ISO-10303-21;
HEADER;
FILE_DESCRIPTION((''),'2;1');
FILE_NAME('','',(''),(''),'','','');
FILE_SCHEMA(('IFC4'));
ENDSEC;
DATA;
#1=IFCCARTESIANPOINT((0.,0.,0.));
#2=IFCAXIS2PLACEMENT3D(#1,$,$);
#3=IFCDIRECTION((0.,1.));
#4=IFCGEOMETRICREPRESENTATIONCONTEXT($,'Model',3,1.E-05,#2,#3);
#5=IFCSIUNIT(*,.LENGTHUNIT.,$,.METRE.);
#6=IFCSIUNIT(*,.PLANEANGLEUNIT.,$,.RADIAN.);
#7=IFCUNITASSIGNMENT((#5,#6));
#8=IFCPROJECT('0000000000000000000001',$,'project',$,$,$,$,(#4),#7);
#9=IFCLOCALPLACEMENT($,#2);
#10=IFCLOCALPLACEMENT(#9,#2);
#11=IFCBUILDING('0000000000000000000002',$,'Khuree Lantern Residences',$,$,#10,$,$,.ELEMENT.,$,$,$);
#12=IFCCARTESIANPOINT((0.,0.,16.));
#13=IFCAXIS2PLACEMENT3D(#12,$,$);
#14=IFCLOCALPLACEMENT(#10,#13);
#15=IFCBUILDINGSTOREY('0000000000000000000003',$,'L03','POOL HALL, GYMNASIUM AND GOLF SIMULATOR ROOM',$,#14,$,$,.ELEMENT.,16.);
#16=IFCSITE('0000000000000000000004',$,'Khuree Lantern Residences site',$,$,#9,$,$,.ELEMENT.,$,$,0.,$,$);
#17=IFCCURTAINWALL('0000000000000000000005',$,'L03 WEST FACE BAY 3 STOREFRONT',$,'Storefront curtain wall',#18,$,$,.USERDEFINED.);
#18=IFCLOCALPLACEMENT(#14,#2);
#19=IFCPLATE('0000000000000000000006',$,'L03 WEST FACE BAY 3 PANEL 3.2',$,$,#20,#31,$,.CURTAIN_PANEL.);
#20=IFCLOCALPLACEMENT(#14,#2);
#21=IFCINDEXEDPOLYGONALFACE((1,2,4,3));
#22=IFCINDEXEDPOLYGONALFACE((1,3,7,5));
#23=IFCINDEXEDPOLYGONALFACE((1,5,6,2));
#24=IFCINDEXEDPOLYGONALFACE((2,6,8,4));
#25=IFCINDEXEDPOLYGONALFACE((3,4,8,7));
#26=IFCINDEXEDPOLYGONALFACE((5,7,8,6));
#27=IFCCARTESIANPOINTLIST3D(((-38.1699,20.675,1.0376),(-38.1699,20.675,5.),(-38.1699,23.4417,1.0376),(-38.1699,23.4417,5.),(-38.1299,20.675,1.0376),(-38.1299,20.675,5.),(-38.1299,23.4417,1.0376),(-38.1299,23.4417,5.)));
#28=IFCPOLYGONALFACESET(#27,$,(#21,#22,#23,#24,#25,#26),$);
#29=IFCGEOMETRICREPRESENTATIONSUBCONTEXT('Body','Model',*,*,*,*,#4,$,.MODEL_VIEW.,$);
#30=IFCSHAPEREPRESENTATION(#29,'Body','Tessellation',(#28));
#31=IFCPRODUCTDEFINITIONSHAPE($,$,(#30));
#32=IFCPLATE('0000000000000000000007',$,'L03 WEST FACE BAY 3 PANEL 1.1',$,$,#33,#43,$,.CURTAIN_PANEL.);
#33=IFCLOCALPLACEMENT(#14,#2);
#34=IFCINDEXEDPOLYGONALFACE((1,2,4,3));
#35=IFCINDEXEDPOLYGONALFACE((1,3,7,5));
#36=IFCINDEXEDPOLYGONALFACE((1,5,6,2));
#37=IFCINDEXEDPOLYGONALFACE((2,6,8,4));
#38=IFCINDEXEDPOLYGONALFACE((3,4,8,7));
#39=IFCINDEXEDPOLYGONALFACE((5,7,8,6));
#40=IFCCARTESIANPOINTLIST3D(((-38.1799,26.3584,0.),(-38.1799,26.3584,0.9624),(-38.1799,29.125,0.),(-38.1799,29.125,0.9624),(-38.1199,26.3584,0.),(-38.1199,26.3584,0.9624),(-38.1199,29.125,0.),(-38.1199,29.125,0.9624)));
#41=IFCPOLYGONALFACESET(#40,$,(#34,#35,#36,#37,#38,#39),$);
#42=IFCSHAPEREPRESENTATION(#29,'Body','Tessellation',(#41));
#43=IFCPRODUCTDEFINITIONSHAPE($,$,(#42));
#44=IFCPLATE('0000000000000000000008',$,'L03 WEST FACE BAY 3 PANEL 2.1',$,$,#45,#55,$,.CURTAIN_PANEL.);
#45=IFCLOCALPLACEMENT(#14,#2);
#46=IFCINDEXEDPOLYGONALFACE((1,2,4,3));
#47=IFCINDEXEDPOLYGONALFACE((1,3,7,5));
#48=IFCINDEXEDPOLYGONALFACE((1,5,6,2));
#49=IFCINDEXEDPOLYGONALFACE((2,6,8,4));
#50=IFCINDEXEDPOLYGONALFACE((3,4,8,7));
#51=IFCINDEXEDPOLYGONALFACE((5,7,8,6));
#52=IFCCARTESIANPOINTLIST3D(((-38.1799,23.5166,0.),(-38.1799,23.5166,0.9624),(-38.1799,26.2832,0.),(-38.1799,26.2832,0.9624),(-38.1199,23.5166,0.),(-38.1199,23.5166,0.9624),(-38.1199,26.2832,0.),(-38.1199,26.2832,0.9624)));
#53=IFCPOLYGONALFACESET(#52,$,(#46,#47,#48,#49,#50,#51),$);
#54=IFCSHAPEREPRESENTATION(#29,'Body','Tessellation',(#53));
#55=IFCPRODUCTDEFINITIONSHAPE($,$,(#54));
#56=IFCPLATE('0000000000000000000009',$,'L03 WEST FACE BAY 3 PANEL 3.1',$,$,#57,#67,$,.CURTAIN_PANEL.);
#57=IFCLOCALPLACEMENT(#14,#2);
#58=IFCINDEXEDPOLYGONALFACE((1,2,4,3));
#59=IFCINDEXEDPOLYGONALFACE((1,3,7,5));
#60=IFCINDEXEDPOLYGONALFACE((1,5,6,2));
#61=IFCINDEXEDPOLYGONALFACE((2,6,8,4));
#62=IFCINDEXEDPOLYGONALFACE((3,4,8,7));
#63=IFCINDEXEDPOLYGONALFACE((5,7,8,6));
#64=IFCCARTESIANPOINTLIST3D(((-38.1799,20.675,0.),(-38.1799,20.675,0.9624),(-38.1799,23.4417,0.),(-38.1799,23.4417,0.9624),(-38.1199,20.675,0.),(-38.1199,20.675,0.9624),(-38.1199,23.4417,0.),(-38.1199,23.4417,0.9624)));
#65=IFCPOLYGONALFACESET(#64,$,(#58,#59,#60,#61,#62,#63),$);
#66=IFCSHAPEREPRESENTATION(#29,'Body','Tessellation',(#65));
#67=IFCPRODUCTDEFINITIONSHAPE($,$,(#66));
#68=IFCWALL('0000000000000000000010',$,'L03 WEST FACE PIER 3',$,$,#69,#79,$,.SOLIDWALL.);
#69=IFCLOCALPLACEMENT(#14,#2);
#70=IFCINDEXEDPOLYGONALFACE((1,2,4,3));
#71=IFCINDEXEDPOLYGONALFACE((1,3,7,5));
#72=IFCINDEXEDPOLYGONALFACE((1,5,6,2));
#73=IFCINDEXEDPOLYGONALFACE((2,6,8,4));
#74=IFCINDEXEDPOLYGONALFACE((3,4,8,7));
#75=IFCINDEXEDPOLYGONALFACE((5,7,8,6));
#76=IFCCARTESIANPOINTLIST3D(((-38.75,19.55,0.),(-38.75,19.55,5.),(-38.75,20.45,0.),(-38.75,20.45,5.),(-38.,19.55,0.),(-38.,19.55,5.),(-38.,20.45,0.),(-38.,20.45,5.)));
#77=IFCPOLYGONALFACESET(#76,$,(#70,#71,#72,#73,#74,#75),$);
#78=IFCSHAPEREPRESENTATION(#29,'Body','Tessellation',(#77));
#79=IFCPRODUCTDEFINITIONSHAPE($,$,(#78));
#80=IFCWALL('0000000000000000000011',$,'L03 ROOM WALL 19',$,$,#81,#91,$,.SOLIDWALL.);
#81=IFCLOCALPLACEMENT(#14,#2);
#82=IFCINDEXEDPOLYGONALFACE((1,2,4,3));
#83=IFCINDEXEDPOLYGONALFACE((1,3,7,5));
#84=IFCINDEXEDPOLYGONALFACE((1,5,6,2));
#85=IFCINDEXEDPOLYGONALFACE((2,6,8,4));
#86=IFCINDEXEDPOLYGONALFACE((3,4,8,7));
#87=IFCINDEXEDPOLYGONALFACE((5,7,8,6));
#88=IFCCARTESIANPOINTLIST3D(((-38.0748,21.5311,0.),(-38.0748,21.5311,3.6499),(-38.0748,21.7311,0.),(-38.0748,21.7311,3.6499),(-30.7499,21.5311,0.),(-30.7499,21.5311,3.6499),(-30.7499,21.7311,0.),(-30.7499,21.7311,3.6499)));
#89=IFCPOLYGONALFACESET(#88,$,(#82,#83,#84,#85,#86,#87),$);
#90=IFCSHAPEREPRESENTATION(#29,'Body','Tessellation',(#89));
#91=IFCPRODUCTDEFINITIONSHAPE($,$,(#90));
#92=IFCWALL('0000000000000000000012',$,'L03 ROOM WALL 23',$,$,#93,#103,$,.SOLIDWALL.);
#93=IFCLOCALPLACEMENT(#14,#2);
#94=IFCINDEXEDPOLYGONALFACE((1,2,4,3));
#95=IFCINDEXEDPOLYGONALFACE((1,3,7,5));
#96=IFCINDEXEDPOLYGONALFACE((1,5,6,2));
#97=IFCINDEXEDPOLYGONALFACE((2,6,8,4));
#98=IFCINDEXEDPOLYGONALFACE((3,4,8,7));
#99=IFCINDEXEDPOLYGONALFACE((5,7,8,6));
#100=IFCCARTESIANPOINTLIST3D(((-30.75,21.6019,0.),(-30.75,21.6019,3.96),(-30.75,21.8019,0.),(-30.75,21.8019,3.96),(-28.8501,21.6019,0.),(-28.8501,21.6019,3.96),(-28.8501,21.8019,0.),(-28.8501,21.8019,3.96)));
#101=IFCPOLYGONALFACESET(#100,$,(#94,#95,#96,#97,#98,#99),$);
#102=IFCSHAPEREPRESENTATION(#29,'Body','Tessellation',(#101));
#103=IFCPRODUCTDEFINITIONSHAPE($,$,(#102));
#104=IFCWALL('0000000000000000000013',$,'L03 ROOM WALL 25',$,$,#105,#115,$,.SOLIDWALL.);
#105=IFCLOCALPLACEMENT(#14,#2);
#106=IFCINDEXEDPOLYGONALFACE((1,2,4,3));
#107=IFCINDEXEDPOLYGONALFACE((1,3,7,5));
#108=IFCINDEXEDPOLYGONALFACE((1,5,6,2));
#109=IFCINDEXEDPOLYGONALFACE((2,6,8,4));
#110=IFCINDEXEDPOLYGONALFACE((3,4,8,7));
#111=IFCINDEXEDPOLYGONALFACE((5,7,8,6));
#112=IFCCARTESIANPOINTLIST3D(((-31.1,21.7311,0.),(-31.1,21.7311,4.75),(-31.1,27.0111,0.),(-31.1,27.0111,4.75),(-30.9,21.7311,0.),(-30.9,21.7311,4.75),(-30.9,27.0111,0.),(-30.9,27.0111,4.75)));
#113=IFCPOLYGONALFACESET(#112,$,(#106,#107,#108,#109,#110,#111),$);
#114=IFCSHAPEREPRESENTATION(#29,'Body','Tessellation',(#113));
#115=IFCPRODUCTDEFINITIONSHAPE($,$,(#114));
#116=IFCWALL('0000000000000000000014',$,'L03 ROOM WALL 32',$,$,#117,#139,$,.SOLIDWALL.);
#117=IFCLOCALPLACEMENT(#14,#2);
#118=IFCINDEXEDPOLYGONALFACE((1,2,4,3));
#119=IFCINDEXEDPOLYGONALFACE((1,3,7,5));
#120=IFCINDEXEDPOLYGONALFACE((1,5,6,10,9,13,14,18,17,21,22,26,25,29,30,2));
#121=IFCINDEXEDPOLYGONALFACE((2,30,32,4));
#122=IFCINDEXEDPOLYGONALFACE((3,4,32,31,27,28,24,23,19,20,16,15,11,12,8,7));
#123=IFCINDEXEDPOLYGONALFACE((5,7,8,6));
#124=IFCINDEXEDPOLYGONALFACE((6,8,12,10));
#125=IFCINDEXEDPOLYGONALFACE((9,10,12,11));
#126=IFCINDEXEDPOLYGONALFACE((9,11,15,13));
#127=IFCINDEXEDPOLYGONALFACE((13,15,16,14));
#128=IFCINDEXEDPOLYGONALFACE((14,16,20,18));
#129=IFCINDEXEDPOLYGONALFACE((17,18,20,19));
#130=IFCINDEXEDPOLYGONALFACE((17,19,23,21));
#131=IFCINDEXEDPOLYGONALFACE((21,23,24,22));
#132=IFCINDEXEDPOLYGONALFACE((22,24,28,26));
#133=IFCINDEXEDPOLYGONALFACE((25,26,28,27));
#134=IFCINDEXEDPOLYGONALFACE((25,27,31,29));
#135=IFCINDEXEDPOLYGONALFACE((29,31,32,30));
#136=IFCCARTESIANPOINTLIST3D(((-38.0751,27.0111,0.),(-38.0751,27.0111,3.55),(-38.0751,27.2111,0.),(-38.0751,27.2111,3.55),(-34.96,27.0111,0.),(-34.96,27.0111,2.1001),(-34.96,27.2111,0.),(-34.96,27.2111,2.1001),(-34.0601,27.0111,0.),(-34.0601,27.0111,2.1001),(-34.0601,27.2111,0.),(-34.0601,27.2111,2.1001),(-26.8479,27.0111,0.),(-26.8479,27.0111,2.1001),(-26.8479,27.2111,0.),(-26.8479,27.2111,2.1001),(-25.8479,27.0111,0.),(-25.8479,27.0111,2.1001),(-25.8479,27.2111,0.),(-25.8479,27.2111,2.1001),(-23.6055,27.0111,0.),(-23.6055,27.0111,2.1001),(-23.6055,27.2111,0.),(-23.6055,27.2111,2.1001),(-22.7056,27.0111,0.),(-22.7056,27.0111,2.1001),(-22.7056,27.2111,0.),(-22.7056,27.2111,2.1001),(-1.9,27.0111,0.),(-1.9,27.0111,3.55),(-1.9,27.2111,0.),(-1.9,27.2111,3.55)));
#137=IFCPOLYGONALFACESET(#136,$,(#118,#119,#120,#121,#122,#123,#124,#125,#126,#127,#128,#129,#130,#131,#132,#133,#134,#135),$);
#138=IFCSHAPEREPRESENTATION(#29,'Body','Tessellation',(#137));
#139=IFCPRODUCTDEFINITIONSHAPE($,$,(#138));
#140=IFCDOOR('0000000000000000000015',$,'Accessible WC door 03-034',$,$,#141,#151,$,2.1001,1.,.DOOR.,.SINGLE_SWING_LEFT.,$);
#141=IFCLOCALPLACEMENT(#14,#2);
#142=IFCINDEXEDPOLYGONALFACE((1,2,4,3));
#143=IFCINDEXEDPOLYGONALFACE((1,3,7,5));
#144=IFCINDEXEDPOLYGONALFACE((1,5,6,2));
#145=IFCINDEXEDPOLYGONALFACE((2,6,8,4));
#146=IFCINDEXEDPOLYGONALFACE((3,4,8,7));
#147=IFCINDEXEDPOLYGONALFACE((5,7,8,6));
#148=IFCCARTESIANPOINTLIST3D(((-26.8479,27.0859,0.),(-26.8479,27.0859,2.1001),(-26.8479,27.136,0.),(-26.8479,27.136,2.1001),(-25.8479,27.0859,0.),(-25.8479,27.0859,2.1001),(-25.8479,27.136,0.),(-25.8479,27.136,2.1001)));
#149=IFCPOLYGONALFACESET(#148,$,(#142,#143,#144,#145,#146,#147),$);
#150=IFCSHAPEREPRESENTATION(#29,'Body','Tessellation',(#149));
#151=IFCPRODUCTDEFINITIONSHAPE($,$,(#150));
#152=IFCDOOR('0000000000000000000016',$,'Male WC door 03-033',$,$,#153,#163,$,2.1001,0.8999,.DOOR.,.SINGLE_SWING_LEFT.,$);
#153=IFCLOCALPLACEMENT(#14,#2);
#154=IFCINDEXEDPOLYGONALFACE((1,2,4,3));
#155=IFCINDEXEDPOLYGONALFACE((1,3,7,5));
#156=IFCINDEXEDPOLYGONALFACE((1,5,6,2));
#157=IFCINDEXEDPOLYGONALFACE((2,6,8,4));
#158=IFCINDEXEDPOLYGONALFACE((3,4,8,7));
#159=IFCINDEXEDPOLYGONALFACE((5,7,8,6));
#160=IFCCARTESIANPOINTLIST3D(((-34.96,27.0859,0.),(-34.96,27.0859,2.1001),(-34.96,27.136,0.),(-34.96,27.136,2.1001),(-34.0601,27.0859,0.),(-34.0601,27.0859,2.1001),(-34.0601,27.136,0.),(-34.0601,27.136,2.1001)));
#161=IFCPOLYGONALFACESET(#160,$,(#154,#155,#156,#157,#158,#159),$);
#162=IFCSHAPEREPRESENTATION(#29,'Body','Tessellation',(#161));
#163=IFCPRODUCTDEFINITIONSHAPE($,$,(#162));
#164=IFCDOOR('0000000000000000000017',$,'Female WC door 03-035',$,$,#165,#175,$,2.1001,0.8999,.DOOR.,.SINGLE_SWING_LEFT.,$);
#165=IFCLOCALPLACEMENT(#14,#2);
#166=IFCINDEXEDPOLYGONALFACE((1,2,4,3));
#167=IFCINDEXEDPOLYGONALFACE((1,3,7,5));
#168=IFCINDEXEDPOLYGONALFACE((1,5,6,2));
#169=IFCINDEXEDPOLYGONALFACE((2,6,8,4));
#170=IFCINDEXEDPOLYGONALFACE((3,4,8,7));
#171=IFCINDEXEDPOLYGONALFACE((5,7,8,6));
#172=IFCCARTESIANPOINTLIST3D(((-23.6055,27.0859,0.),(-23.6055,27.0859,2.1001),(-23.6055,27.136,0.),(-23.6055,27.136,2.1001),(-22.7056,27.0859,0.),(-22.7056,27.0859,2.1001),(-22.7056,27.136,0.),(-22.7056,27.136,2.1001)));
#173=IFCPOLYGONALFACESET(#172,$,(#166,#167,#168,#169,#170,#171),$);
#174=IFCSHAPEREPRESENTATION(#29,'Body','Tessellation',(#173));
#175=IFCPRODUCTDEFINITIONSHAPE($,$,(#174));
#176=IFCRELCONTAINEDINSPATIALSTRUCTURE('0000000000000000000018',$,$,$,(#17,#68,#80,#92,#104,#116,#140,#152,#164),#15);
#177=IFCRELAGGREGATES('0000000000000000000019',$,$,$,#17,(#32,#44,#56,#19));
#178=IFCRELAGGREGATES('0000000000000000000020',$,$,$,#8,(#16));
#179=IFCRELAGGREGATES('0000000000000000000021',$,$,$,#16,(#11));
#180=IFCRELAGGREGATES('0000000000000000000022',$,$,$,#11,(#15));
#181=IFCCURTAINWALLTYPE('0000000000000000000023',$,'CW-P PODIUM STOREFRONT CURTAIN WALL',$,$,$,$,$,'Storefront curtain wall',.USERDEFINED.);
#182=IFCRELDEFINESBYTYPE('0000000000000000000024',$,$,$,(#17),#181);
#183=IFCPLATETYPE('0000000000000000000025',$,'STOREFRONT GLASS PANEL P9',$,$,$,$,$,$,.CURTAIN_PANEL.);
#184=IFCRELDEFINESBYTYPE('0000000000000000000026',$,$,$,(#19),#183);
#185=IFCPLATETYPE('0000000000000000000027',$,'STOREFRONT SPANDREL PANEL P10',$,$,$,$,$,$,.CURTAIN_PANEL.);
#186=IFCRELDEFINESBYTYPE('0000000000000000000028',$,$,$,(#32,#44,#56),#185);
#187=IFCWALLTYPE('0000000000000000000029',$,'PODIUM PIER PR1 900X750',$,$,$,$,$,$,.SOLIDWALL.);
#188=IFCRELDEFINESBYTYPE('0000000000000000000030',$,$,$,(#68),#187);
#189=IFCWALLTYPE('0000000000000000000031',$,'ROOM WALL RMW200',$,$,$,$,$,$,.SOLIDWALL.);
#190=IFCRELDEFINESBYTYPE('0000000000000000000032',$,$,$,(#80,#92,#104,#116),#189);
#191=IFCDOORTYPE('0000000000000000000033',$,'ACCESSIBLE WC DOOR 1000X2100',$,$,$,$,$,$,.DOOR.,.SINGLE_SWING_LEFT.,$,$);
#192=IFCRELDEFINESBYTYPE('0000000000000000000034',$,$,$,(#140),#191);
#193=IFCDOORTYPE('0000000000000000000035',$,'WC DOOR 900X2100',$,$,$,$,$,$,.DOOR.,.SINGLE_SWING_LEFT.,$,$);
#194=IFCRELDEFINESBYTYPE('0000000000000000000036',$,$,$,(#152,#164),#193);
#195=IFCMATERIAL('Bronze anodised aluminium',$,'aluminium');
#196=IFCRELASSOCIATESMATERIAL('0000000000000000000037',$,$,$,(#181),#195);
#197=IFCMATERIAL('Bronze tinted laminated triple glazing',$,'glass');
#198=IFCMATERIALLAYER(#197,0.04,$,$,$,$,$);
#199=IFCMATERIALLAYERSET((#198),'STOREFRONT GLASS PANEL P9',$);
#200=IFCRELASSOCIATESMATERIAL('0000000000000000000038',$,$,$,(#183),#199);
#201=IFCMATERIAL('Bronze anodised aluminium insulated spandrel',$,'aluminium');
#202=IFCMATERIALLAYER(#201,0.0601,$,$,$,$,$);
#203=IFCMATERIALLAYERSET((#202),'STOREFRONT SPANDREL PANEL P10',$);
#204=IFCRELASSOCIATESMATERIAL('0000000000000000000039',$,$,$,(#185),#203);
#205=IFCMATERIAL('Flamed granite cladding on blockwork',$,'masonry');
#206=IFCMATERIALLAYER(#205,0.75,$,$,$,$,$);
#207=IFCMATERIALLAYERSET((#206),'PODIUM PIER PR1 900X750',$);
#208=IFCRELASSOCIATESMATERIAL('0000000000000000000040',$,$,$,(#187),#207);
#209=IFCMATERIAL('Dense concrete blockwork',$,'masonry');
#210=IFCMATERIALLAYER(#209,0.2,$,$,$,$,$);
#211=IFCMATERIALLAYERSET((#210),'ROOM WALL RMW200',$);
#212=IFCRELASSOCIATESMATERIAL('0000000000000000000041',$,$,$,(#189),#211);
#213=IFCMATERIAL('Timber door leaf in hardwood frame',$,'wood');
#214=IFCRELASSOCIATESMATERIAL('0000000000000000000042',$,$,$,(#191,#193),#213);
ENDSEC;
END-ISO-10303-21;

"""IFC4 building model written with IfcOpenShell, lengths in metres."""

from ifc_helpers import new_model, si_unit, direction, frame, frame_2d, origin, origin_2d, place, context, subcontext, project, spatial, rectangle, extrude, material, layer, layer_set, type_object, element, fill, aggregate, save


model = new_model("IFC4")

# Units and contexts
model_context = context("Model", 3, precision=1e-05, world=origin(), true_north=direction((0.0, 1.0)))
body_context = subcontext(model_context, "Body", "Model", "MODEL_VIEW")
ifc_project = project(units=[si_unit("LENGTHUNIT", "METRE"), si_unit("PLANEANGLEUNIT", "RADIAN")], contexts=[model_context])

# Site, building, storey
site_placement = place(None, origin())
site = spatial("IfcSite", under=ifc_project, at=site_placement, Name="Khuree Lantern Residences site", CompositionType="ELEMENT", RefElevation=0.0)
building_placement = place(site_placement, origin())
building = spatial("IfcBuilding", under=site, at=building_placement, Name="Khuree Lantern Residences", CompositionType="ELEMENT")
storey_placement = place(building_placement, frame((0.0, 0.0, 16.0)))
storey = spatial("IfcBuildingStorey", under=building, at=storey_placement, Name="L03", Description="POOL HALL, GYMNASIUM AND GOLF SIMULATOR ROOM", CompositionType="ELEMENT", Elevation=16.0)

# Curtain wall
ifc_material_1 = material(Name="Bronze anodised aluminium", Category="aluminium")
curtain_wall_type = type_object("IfcCurtainWallType", Name="CW-P PODIUM STOREFRONT CURTAIN WALL", ElementType="Storefront curtain wall", PredefinedType="USERDEFINED", material=ifc_material_1)
curtain_wall_1_placement = place(storey_placement, origin())
curtain_wall_1 = element("IfcCurtainWall", 1, at=curtain_wall_1_placement, inside=storey, type_object=curtain_wall_type, Name="L03 WEST FACE BAY 3 STOREFRONT", ObjectType="Storefront curtain wall", PredefinedType="USERDEFINED")

# Plates
ifc_material_2 = material(Name="Bronze tinted laminated triple glazing", Category="glass")
ifc_layer_1 = layer(ifc_material_2, 0.04)
ifc_layer_set_1 = layer_set([ifc_layer_1], Name="STOREFRONT GLASS PANEL P9")
plate_type_1 = type_object("IfcPlateType", Name="STOREFRONT GLASS PANEL P9", PredefinedType="CURTAIN_PANEL", material=ifc_layer_set_1)
plate_1_placement = place(storey_placement, frame((-38.1499, 22.0583, 1.0376), z_axis=(0.0, 0.0, 1.0), x_axis=(0.0, -1.0, 0.0)))
plate_1 = element("IfcPlate", 2, at=plate_1_placement, type_object=plate_type_1, Name="L03 WEST FACE BAY 3 PANEL 3.2", PredefinedType="CURTAIN_PANEL", context=body_context, shape_type="SweptSolid", body=[
    extrude(rectangle(XDim=2.7666, YDim=0.04, at=origin_2d()), origin(), (0.0, 0.0, 1.0), 3.9624),
])
ifc_material_3 = material(Name="Bronze anodised aluminium insulated spandrel", Category="aluminium")
ifc_layer_2 = layer(ifc_material_3, 0.0601)
ifc_layer_set_2 = layer_set([ifc_layer_2], Name="STOREFRONT SPANDREL PANEL P10")
plate_type_2 = type_object("IfcPlateType", Name="STOREFRONT SPANDREL PANEL P10", PredefinedType="CURTAIN_PANEL", material=ifc_layer_set_2)
plate_2_placement = place(storey_placement, frame((-38.1499, 27.7417, 0.0), z_axis=(0.0, 0.0, 1.0), x_axis=(0.0, -1.0, 0.0)))
plate_2 = element("IfcPlate", 3, at=plate_2_placement, type_object=plate_type_2, Name="L03 WEST FACE BAY 3 PANEL 1.1", PredefinedType="CURTAIN_PANEL", context=body_context, shape_type="SweptSolid", body=[
    extrude(rectangle(XDim=2.7666, YDim=0.0601, at=origin_2d()), origin(), (0.0, 0.0, 1.0), 0.9624),
])
plate_3_placement = place(storey_placement, frame((-38.1499, 24.8999, 0.0), z_axis=(0.0, 0.0, 1.0), x_axis=(0.0, -1.0, 0.0)))
plate_3 = element("IfcPlate", 4, at=plate_3_placement, type_object=plate_type_2, Name="L03 WEST FACE BAY 3 PANEL 2.1", PredefinedType="CURTAIN_PANEL", context=body_context, shape_type="SweptSolid", body=[
    extrude(rectangle(XDim=2.7666, YDim=0.0601, at=origin_2d()), origin(), (0.0, 0.0, 1.0), 0.9624),
])
plate_4_placement = place(storey_placement, frame((-38.1499, 22.0583, 0.0), z_axis=(0.0, 0.0, 1.0), x_axis=(0.0, -1.0, 0.0)))
plate_4 = element("IfcPlate", 5, at=plate_4_placement, type_object=plate_type_2, Name="L03 WEST FACE BAY 3 PANEL 3.1", PredefinedType="CURTAIN_PANEL", context=body_context, shape_type="SweptSolid", body=[
    extrude(rectangle(XDim=2.7666, YDim=0.0601, at=origin_2d()), origin(), (0.0, 0.0, 1.0), 0.9624),
])
aggregate(curtain_wall_1, [plate_2, plate_3, plate_4, plate_1])

# Walls
ifc_material_4 = material(Name="Flamed granite cladding on blockwork", Category="masonry")
ifc_layer_3 = layer(ifc_material_4, 0.75)
ifc_layer_set_3 = layer_set([ifc_layer_3], Name="PODIUM PIER PR1 900X750")
wall_type_1 = type_object("IfcWallType", Name="PODIUM PIER PR1 900X750", PredefinedType="SOLIDWALL", material=ifc_layer_set_3)
wall_1_placement = place(storey_placement, frame((-38.375, 20.45, 0.0), z_axis=(0.0, 0.0, 1.0), x_axis=(0.0, -1.0, 0.0)))
element("IfcWall", 6, at=wall_1_placement, inside=storey, type_object=wall_type_1, Name="L03 WEST FACE PIER 3", PredefinedType="SOLIDWALL", context=body_context, shape_type="SweptSolid", body=[
    extrude(rectangle(XDim=0.8999, YDim=0.75, at=frame_2d((0.45, 0.0))), origin(), (0.0, 0.0, 1.0), 5.0),
])
ifc_material_5 = material(Name="Dense concrete blockwork", Category="masonry")
ifc_layer_4 = layer(ifc_material_5, 0.2)
ifc_layer_set_4 = layer_set([ifc_layer_4], Name="ROOM WALL RMW200")
wall_type_2 = type_object("IfcWallType", Name="ROOM WALL RMW200", PredefinedType="SOLIDWALL", material=ifc_layer_set_4)
wall_2_placement = place(storey_placement, frame((-38.075, 21.6311, 0.0), z_axis=(0.0, 0.0, 1.0), x_axis=(1.0, 0.0, 0.0)))
element("IfcWall", 7, at=wall_2_placement, inside=storey, type_object=wall_type_2, Name="L03 ROOM WALL 19", PredefinedType="SOLIDWALL", context=body_context, shape_type="SweptSolid", body=[
    extrude(rectangle(XDim=7.325, YDim=0.2, at=frame_2d((3.6626, 0.0))), origin(), (0.0, 0.0, 1.0), 3.6499),
])
wall_3_placement = place(storey_placement, frame((-30.75, 21.7019, 0.0), z_axis=(0.0, 0.0, 1.0), x_axis=(1.0, 0.0, 0.0)))
element("IfcWall", 8, at=wall_3_placement, inside=storey, type_object=wall_type_2, Name="L03 ROOM WALL 23", PredefinedType="SOLIDWALL", context=body_context, shape_type="SweptSolid", body=[
    extrude(rectangle(XDim=1.8999, YDim=0.2, at=frame_2d((0.95, 0.0))), origin(), (0.0, 0.0, 1.0), 3.96),
])
wall_4_placement = place(storey_placement, frame((-31.0, 21.731, 0.0), z_axis=(0.0, 0.0, 1.0), x_axis=(0.0, 1.0, 0.0)))
element("IfcWall", 9, at=wall_4_placement, inside=storey, type_object=wall_type_2, Name="L03 ROOM WALL 25", PredefinedType="SOLIDWALL", context=body_context, shape_type="SweptSolid", body=[
    extrude(rectangle(XDim=5.28, YDim=0.2, at=frame_2d((2.6401, 0.0))), origin(), (0.0, 0.0, 1.0), 4.75),
])

# Wall, openings, doors
wall_5_placement = place(storey_placement, frame((-38.075, 27.1111, 0.0), z_axis=(0.0, 0.0, 1.0), x_axis=(1.0, 0.0, 0.0)))
wall_5 = element("IfcWall", 10, at=wall_5_placement, inside=storey, type_object=wall_type_2, Name="L03 ROOM WALL 32", PredefinedType="SOLIDWALL", context=body_context, shape_type="SweptSolid", body=[
    extrude(rectangle(XDim=36.175, YDim=0.2, at=frame_2d((18.0874, 0.0))), origin(), (0.0, 0.0, 1.0), 3.55),
])
opening_1_placement = place(wall_5_placement, frame((3.115, 0.0, 0.0)))
opening_1 = element("IfcOpeningElement", 11, at=opening_1_placement, cuts=wall_5, PredefinedType="OPENING", context=body_context, shape_type="SweptSolid", body=[
    extrude(rectangle(XDim=0.8999, YDim=2.1001, at=frame_2d((0.45, 1.05))), frame((0.0, 0.1099, 0.0), z_axis=(0.0, -1.0, 0.0), x_axis=(1.0, 0.0, 0.0)), (0.0, 0.0, 1.0), 0.22),
])
opening_2_placement = place(wall_5_placement, frame((11.2271, 0.0, 0.0)))
opening_2 = element("IfcOpeningElement", 12, at=opening_2_placement, cuts=wall_5, PredefinedType="OPENING", context=body_context, shape_type="SweptSolid", body=[
    extrude(rectangle(XDim=1.0, YDim=2.1001, at=frame_2d((0.5, 1.05))), frame((0.0, 0.1099, 0.0), z_axis=(0.0, -1.0, 0.0), x_axis=(1.0, 0.0, 0.0)), (0.0, 0.0, 1.0), 0.22),
])
opening_3_placement = place(wall_5_placement, frame((14.4695, 0.0, 0.0)))
opening_3 = element("IfcOpeningElement", 13, at=opening_3_placement, cuts=wall_5, PredefinedType="OPENING", context=body_context, shape_type="SweptSolid", body=[
    extrude(rectangle(XDim=0.8999, YDim=2.1001, at=frame_2d((0.45, 1.05))), frame((0.0, 0.1099, 0.0), z_axis=(0.0, -1.0, 0.0), x_axis=(1.0, 0.0, 0.0)), (0.0, 0.0, 1.0), 0.22),
])
ifc_material_6 = material(Name="Timber door leaf in hardwood frame", Category="wood")
door_type_1 = type_object("IfcDoorType", Name="ACCESSIBLE WC DOOR 1000X2100", OperationType="SINGLE_SWING_LEFT", PredefinedType="DOOR", material=ifc_material_6)
door_1_placement = place(opening_2_placement, origin())
door_1 = element("IfcDoor", 14, at=door_1_placement, inside=storey, type_object=door_type_1, Name="Accessible WC door 03-034", OperationType="SINGLE_SWING_LEFT", OverallHeight=2.1001, OverallWidth=1.0, PredefinedType="DOOR", context=body_context, shape_type="SweptSolid", body=[
    extrude(rectangle(XDim=1.0, YDim=2.1001, at=frame_2d((0.5, 1.05))), frame((0.0, 0.0249, 0.0), z_axis=(0.0, -1.0, 0.0), x_axis=(1.0, 0.0, 0.0)), (0.0, 0.0, 1.0), 0.05),
])
fill(opening_2, door_1)
door_type_2 = type_object("IfcDoorType", Name="WC DOOR 900X2100", OperationType="SINGLE_SWING_LEFT", PredefinedType="DOOR", material=ifc_material_6)
door_2_placement = place(opening_1_placement, origin())
door_2 = element("IfcDoor", 15, at=door_2_placement, inside=storey, type_object=door_type_2, Name="Male WC door 03-033", OperationType="SINGLE_SWING_LEFT", OverallHeight=2.1001, OverallWidth=0.8999, PredefinedType="DOOR", context=body_context, shape_type="SweptSolid", body=[
    extrude(rectangle(XDim=0.8999, YDim=2.1001, at=frame_2d((0.45, 1.05))), frame((0.0, 0.0249, 0.0), z_axis=(0.0, -1.0, 0.0), x_axis=(1.0, 0.0, 0.0)), (0.0, 0.0, 1.0), 0.05),
])
fill(opening_1, door_2)
door_3_placement = place(opening_3_placement, origin())
door_3 = element("IfcDoor", 16, at=door_3_placement, inside=storey, type_object=door_type_2, Name="Female WC door 03-035", OperationType="SINGLE_SWING_LEFT", OverallHeight=2.1001, OverallWidth=0.8999, PredefinedType="DOOR", context=body_context, shape_type="SweptSolid", body=[
    extrude(rectangle(XDim=0.8999, YDim=2.1001, at=frame_2d((0.45, 1.05))), frame((0.0, 0.0249, 0.0), z_axis=(0.0, -1.0, 0.0), x_axis=(1.0, 0.0, 0.0)), (0.0, 0.0, 1.0), 0.05),
])
fill(opening_3, door_3)

save(model, "model.ifc")
